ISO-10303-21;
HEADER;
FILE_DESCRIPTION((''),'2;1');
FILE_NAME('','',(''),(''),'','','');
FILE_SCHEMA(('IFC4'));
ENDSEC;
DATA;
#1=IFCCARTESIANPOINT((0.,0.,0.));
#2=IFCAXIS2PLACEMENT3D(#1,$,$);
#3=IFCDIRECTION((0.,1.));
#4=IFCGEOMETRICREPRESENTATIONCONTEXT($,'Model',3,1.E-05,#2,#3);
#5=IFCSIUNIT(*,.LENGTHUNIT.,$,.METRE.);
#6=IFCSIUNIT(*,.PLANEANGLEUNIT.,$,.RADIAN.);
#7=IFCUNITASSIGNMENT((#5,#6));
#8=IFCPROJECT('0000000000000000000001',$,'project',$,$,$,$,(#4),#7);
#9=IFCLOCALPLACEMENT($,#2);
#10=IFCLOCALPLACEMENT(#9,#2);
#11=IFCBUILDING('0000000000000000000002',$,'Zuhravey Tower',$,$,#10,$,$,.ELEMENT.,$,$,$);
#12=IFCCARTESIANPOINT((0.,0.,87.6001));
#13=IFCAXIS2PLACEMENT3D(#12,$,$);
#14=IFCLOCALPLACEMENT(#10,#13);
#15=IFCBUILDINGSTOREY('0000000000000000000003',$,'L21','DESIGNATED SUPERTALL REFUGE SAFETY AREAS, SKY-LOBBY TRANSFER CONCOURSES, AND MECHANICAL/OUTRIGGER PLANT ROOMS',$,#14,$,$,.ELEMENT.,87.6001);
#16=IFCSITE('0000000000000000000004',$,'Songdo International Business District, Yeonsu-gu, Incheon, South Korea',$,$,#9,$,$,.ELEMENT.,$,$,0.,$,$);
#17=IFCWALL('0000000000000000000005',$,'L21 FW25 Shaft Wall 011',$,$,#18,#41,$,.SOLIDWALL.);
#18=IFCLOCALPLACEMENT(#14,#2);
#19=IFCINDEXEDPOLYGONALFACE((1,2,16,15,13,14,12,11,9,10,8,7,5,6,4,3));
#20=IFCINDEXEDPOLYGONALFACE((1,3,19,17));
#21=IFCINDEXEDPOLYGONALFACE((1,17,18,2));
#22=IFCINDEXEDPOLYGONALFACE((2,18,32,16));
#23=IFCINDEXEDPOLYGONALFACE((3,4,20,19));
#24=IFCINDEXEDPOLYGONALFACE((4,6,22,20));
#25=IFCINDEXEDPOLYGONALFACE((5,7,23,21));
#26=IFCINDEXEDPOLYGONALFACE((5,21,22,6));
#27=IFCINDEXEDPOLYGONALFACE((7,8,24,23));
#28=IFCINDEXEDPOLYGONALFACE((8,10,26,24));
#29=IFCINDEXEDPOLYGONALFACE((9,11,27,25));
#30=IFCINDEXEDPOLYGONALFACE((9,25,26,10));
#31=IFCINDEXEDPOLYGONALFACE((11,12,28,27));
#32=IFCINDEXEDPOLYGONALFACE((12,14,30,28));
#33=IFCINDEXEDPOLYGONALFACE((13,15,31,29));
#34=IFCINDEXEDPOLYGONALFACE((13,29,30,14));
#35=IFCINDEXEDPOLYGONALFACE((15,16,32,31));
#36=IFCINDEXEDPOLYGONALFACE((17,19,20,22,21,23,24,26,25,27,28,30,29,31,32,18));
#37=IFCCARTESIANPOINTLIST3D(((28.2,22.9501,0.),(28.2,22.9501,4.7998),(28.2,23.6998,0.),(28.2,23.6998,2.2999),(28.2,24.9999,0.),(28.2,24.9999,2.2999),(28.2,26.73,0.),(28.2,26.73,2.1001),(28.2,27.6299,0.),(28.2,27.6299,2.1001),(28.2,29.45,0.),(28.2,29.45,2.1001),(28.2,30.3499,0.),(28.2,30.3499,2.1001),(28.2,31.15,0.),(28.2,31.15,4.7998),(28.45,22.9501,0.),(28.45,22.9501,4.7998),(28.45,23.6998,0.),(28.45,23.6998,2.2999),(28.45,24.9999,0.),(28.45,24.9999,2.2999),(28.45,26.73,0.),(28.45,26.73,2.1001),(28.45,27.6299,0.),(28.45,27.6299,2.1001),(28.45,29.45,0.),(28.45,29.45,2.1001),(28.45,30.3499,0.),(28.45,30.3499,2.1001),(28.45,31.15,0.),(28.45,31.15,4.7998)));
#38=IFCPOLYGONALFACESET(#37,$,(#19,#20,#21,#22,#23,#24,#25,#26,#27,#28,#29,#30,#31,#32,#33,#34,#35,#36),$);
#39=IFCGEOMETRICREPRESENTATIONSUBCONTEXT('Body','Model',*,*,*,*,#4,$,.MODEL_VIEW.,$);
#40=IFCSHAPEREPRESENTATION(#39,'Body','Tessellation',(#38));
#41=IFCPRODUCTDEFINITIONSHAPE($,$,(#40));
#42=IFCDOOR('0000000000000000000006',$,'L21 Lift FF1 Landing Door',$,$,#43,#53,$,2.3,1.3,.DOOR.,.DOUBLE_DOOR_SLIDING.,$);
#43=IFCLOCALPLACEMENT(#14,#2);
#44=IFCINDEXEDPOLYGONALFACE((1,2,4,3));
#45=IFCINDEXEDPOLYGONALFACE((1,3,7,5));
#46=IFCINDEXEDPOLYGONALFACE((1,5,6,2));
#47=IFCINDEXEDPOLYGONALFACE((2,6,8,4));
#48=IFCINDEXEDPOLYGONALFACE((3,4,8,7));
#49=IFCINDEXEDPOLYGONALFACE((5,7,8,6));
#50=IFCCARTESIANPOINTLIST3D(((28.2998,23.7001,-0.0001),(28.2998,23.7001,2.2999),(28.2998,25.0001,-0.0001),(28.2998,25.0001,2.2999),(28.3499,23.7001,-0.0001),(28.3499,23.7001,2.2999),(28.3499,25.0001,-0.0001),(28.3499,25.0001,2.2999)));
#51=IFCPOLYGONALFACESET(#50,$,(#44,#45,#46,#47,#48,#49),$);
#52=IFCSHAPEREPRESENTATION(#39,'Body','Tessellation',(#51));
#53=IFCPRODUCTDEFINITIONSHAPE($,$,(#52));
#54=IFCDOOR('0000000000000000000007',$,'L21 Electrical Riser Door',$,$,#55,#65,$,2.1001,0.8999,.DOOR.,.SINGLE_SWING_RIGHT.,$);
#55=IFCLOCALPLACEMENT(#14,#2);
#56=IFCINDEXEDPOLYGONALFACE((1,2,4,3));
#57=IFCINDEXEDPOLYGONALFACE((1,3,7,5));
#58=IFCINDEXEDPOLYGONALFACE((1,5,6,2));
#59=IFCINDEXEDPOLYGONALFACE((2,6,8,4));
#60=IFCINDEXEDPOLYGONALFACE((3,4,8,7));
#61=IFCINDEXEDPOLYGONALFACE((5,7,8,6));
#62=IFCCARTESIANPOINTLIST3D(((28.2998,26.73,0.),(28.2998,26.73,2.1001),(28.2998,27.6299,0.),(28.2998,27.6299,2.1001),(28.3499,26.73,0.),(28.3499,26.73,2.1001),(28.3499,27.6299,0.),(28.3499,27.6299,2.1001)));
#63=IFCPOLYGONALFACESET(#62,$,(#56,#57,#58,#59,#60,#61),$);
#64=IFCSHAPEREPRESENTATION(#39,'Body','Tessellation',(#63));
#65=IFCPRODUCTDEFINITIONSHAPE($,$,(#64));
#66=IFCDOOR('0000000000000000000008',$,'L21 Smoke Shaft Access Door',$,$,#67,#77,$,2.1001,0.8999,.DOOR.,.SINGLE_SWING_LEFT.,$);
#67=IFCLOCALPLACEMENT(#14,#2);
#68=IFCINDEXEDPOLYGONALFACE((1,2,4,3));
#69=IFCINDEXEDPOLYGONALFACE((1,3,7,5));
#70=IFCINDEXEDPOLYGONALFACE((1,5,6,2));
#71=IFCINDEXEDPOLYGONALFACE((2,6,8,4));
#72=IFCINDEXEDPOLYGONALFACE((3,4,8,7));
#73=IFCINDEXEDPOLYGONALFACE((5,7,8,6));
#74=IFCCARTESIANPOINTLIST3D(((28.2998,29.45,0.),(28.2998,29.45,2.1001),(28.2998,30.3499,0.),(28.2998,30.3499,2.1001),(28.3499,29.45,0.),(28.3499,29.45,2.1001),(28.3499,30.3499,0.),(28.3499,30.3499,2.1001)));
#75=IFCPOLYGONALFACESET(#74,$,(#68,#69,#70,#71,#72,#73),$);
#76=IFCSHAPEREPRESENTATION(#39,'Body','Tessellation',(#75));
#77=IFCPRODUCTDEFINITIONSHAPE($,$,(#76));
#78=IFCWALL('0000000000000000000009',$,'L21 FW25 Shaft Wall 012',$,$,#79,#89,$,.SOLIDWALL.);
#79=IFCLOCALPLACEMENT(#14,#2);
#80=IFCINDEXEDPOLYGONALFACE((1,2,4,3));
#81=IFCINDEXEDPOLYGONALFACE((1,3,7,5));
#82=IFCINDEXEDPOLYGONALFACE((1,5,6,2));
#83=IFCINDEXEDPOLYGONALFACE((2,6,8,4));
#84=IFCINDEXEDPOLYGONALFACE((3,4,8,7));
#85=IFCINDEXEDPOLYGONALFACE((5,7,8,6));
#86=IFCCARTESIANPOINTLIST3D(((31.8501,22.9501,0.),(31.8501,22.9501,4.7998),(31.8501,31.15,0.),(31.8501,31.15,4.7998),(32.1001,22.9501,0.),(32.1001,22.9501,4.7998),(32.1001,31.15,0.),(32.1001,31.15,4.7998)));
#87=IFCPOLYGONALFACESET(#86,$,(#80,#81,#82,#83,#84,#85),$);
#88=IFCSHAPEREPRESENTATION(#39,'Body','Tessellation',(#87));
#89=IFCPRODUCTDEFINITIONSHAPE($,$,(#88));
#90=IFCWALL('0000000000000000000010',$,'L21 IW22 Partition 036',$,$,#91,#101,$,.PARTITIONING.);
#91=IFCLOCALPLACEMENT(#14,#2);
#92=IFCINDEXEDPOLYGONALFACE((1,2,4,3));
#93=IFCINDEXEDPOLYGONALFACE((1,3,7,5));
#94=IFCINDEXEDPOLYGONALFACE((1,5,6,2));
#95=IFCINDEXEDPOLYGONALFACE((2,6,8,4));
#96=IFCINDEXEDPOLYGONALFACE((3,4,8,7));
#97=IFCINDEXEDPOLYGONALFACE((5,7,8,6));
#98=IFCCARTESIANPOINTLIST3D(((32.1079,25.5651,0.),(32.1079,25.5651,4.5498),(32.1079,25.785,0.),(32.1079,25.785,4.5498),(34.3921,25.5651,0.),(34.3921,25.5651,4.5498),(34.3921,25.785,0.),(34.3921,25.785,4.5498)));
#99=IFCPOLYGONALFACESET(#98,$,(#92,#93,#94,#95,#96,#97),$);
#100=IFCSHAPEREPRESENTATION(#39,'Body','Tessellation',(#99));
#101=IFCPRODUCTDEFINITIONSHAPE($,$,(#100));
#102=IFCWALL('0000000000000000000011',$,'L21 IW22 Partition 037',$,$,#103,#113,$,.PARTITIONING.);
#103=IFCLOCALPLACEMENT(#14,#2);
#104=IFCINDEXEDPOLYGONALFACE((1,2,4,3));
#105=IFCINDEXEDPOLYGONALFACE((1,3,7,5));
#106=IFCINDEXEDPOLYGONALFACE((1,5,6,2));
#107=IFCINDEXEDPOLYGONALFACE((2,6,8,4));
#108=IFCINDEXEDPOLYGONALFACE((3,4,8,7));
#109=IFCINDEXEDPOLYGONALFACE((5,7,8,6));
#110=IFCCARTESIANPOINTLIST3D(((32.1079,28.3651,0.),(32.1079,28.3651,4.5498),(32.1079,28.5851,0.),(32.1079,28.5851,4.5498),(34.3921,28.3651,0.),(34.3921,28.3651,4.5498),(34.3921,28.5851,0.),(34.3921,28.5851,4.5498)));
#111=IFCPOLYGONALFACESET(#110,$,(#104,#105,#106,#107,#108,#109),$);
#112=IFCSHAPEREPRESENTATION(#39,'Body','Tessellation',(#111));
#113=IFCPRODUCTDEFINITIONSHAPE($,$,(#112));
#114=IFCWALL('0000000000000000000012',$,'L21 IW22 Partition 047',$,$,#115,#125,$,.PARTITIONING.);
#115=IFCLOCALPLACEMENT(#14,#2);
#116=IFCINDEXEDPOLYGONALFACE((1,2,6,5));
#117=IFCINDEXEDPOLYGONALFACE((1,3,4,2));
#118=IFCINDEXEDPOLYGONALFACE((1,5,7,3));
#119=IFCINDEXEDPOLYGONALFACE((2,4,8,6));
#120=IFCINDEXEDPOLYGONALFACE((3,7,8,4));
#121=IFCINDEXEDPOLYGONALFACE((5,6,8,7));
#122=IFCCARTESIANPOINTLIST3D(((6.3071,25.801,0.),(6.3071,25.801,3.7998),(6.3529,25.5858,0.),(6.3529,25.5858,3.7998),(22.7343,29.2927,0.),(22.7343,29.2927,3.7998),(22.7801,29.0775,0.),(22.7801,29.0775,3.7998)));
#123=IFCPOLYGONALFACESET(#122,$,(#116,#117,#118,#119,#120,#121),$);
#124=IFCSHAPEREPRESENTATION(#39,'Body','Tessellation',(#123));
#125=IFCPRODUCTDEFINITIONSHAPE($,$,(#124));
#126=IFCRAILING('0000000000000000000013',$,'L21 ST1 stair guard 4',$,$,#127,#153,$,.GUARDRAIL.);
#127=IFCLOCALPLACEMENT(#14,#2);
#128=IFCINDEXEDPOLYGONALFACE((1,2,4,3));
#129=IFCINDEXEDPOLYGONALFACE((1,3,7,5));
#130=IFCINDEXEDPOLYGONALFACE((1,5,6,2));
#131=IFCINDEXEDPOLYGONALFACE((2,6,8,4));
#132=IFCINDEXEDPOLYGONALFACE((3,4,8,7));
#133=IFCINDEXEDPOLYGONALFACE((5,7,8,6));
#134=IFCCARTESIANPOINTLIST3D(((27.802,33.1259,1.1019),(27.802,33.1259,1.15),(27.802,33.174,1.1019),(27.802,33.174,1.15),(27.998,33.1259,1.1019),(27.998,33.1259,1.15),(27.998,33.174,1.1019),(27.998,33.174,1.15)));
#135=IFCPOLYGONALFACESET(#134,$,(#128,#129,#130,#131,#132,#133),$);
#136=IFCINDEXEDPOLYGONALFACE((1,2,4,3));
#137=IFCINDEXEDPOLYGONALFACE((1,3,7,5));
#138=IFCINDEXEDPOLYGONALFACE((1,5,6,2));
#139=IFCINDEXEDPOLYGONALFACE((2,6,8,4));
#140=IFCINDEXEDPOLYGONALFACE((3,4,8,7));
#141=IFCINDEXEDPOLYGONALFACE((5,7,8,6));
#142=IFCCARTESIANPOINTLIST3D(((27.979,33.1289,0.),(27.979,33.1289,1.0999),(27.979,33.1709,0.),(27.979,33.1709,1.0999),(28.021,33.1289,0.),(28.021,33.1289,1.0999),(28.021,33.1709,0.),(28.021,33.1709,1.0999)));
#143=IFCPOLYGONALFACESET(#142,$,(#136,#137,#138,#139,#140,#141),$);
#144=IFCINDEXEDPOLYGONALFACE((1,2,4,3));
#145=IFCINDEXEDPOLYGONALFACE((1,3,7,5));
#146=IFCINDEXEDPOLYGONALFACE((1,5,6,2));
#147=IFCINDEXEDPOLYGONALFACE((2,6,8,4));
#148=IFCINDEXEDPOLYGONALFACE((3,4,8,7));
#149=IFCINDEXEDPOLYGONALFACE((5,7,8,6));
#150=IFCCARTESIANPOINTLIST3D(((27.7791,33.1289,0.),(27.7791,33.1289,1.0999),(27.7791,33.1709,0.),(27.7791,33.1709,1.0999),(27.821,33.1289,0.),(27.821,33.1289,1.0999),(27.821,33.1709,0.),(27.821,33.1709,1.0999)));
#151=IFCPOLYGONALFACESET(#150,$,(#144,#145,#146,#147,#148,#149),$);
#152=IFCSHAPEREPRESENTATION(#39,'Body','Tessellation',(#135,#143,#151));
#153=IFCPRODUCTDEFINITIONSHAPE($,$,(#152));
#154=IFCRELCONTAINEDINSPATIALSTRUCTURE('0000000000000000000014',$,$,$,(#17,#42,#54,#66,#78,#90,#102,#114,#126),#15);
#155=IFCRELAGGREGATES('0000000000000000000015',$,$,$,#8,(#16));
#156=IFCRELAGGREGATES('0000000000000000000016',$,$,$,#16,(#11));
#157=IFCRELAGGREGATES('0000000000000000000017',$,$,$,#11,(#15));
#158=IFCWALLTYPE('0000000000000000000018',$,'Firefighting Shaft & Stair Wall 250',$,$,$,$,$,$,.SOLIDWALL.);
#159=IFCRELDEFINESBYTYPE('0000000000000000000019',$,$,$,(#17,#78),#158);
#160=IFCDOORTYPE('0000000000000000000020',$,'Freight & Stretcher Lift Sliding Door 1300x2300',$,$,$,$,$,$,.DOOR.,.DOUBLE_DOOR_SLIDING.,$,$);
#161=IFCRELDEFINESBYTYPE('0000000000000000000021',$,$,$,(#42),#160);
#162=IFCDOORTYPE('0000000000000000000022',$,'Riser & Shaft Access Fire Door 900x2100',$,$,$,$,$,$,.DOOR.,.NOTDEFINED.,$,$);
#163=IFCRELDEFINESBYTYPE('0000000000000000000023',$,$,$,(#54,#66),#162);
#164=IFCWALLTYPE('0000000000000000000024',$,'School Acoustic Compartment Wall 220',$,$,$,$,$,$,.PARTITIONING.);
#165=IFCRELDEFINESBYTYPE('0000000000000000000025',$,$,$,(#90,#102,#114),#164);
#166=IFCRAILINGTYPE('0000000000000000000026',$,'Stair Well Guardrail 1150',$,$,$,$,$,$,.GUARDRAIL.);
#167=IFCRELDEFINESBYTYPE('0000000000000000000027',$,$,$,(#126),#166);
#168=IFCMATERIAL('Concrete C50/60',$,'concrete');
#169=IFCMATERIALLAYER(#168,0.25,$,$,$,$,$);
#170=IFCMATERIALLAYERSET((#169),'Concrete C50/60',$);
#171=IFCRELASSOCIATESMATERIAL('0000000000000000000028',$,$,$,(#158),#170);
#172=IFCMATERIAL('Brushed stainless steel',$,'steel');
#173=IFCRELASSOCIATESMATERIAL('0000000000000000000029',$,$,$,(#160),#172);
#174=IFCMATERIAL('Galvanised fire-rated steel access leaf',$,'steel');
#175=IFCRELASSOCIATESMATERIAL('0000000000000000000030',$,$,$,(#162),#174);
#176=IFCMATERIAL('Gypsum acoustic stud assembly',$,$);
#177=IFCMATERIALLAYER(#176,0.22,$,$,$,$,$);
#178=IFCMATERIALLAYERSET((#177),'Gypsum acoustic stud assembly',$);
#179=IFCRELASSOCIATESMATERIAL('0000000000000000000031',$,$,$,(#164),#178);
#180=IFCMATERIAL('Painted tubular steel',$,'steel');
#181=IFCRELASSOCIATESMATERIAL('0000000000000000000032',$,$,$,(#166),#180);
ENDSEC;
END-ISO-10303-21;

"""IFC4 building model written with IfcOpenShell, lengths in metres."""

from ifc_helpers import new_model, si_unit, direction, frame, frame_2d, origin, origin_2d, place, context, subcontext, project, spatial, rectangle, extrude, material, layer, layer_set, type_object, element, fill, save


model = new_model("IFC4")

# Units and contexts
model_context = context("Model", 3, precision=1e-05, world=origin(), true_north=direction((0.0, 1.0)))
body_context = subcontext(model_context, "Body", "Model", "MODEL_VIEW")
ifc_project = project(units=[si_unit("LENGTHUNIT", "METRE"), si_unit("PLANEANGLEUNIT", "RADIAN")], contexts=[model_context])

# Site, building, storey
site_placement = place(None, origin())
site = spatial("IfcSite", under=ifc_project, at=site_placement, Name="Songdo International Business District, Yeonsu-gu, Incheon, South Korea", CompositionType="ELEMENT", RefElevation=0.0)
building_placement = place(site_placement, origin())
building = spatial("IfcBuilding", under=site, at=building_placement, Name="Zuhravey Tower", CompositionType="ELEMENT")
storey_placement = place(building_placement, frame((0.0, 0.0, 87.6001)))
storey = spatial("IfcBuildingStorey", under=building, at=storey_placement, Name="L21", Description="DESIGNATED SUPERTALL REFUGE SAFETY AREAS, SKY-LOBBY TRANSFER CONCOURSES, AND MECHANICAL/OUTRIGGER PLANT ROOMS", CompositionType="ELEMENT", Elevation=87.6001)

# Shared definitions
ifc_material_1 = material(Name="Concrete C50/60", Category="concrete")
ifc_layer_1 = layer(ifc_material_1, 0.25)
ifc_layer_set_1 = layer_set([ifc_layer_1], Name="Concrete C50/60")
wall_type_1 = type_object("IfcWallType", Name="Firefighting Shaft & Stair Wall 250", PredefinedType="SOLIDWALL", material=ifc_layer_set_1)

# Wall, openings, doors
wall_1_placement = place(storey_placement, frame((28.325, 22.95, 0.0), z_axis=(0.0, 0.0, 1.0), x_axis=(0.0, 1.0, 0.0)))
wall_1 = element("IfcWall", 1, at=wall_1_placement, inside=storey, type_object=wall_type_1, Name="L21 FW25 Shaft Wall 011", PredefinedType="SOLIDWALL", context=body_context, shape_type="SweptSolid", body=[
    extrude(rectangle(XDim=8.2, YDim=0.25, at=frame_2d((4.1001, 0.0))), origin(), (0.0, 0.0, 1.0), 4.7998),
])
opening_1_placement = place(wall_1_placement, frame((0.75, 0.0, 0.0)))
opening_1 = element("IfcOpeningElement", 2, at=opening_1_placement, cuts=wall_1, PredefinedType="OPENING", context=body_context, shape_type="SweptSolid", body=[
    extrude(rectangle(XDim=1.3, YDim=2.3, at=frame_2d((0.6499, 1.1499))), frame((0.0, 0.137, 0.0), z_axis=(0.0, -1.0, 0.0), x_axis=(1.0, 0.0, 0.0)), (0.0, 0.0, 1.0), 0.2739),
])
opening_2_placement = place(wall_1_placement, frame((3.78, 0.0, 0.0)))
opening_2 = element("IfcOpeningElement", 3, at=opening_2_placement, cuts=wall_1, PredefinedType="OPENING", context=body_context, shape_type="SweptSolid", body=[
    extrude(rectangle(XDim=0.8999, YDim=2.1001, at=frame_2d((0.45, 1.05))), frame((0.0, 0.137, 0.0), z_axis=(0.0, -1.0, 0.0), x_axis=(1.0, 0.0, 0.0)), (0.0, 0.0, 1.0), 0.2739),
])
opening_3_placement = place(wall_1_placement, frame((6.5, 0.0, 0.0)))
opening_3 = element("IfcOpeningElement", 4, at=opening_3_placement, cuts=wall_1, PredefinedType="OPENING", context=body_context, shape_type="SweptSolid", body=[
    extrude(rectangle(XDim=0.8999, YDim=2.1001, at=frame_2d((0.45, 1.05))), frame((0.0, 0.137, 0.0), z_axis=(0.0, -1.0, 0.0), x_axis=(1.0, 0.0, 0.0)), (0.0, 0.0, 1.0), 0.2739),
])
ifc_material_2 = material(Name="Brushed stainless steel", Category="steel")
door_type_1 = type_object("IfcDoorType", Name="Freight & Stretcher Lift Sliding Door 1300x2300", OperationType="DOUBLE_DOOR_SLIDING", PredefinedType="DOOR", material=ifc_material_2)
door_1_placement = place(opening_1_placement, frame((1.3, 0.0, 0.0), z_axis=(0.0, 0.0, 1.0), x_axis=(-1.0, 0.0, 0.0)))
door_1 = element("IfcDoor", 5, at=door_1_placement, inside=storey, type_object=door_type_1, Name="L21 Lift FF1 Landing Door", OperationType="DOUBLE_DOOR_SLIDING", OverallHeight=2.3, OverallWidth=1.3, PredefinedType="DOOR", context=body_context, shape_type="SweptSolid", body=[
    extrude(rectangle(XDim=1.3, YDim=2.3, at=frame_2d((0.6499, 1.1499))), frame((0.0, 0.0249, 0.0), z_axis=(0.0, -1.0, 0.0), x_axis=(1.0, 0.0, 0.0)), (0.0, 0.0, 1.0), 0.05),
])
fill(opening_1, door_1)
ifc_material_3 = material(Name="Galvanised fire-rated steel access leaf", Category="steel")
door_type_2 = type_object("IfcDoorType", Name="Riser & Shaft Access Fire Door 900x2100", OperationType="NOTDEFINED", PredefinedType="DOOR", material=ifc_material_3)
door_2_placement = place(opening_2_placement, frame((0.8999, 0.0, 0.0), z_axis=(0.0, 0.0, 1.0), x_axis=(-1.0, 0.0, 0.0)))
door_2 = element("IfcDoor", 6, at=door_2_placement, inside=storey, type_object=door_type_2, Name="L21 Electrical Riser Door", OperationType="SINGLE_SWING_RIGHT", OverallHeight=2.1001, OverallWidth=0.8999, PredefinedType="DOOR", context=body_context, shape_type="SweptSolid", body=[
    extrude(rectangle(XDim=0.8999, YDim=2.1001, at=frame_2d((0.45, 1.05))), frame((0.0, 0.0249, 0.0), z_axis=(0.0, -1.0, 0.0), x_axis=(1.0, 0.0, 0.0)), (0.0, 0.0, 1.0), 0.05),
])
fill(opening_2, door_2)
door_3_placement = place(opening_3_placement, frame((0.8999, 0.0, 0.0), z_axis=(0.0, 0.0, 1.0), x_axis=(-1.0, 0.0, 0.0)))
door_3 = element("IfcDoor", 7, at=door_3_placement, inside=storey, type_object=door_type_2, Name="L21 Smoke Shaft Access Door", OperationType="SINGLE_SWING_LEFT", OverallHeight=2.1001, OverallWidth=0.8999, PredefinedType="DOOR", context=body_context, shape_type="SweptSolid", body=[
    extrude(rectangle(XDim=0.8999, YDim=2.1001, at=frame_2d((0.45, 1.05))), frame((0.0, 0.0249, 0.0), z_axis=(0.0, -1.0, 0.0), x_axis=(1.0, 0.0, 0.0)), (0.0, 0.0, 1.0), 0.05),
])
fill(opening_3, door_3)

# Walls
wall_2_placement = place(storey_placement, frame((31.9751, 22.95, 0.0), z_axis=(0.0, 0.0, 1.0), x_axis=(0.0, 1.0, 0.0)))
element("IfcWall", 8, at=wall_2_placement, inside=storey, type_object=wall_type_1, Name="L21 FW25 Shaft Wall 012", PredefinedType="SOLIDWALL", context=body_context, shape_type="SweptSolid", body=[
    extrude(rectangle(XDim=8.2, YDim=0.25, at=frame_2d((4.1001, 0.0))), origin(), (0.0, 0.0, 1.0), 4.7998),
])
ifc_material_4 = material(Name="Gypsum acoustic stud assembly")
ifc_layer_2 = layer(ifc_material_4, 0.22)
ifc_layer_set_2 = layer_set([ifc_layer_2], Name="Gypsum acoustic stud assembly")
wall_type_2 = type_object("IfcWallType", Name="School Acoustic Compartment Wall 220", PredefinedType="PARTITIONING", material=ifc_layer_set_2)
for number, where, z_axis, x_axis, name in (
    (9, (32.1079, 25.675, 0.0), (0.0, 0.0, 1.0), (1.0, 0.0, 0.0), "L21 IW22 Partition 036"),
    (10, (32.1079, 28.4751, 0.0), (0.0, 0.0, 1.0), (1.0, 0.0, 0.0), "L21 IW22 Partition 037"),
):
    element("IfcWall", number, at=place(storey_placement, frame(where, z_axis=z_axis, x_axis=x_axis)), inside=storey, type_object=wall_type_2, Name=name, PredefinedType="PARTITIONING", context=body_context, shape_type="SweptSolid", body=[
        extrude(rectangle(XDim=2.2842, YDim=0.22, at=frame_2d((1.1421, 0.0))), origin(), (0.0, 0.0, 1.0), 4.5498),
    ])
wall_3_placement = place(storey_placement, frame((22.7571, 29.1851, 0.0), z_axis=(0.0, 0.0, 1.0), x_axis=(-0.978148, -0.207911, 0.0)))
element("IfcWall", 11, at=wall_3_placement, inside=storey, type_object=wall_type_2, Name="L21 IW22 Partition 047", PredefinedType="PARTITIONING", context=body_context, shape_type="SweptSolid", body=[
    extrude(rectangle(XDim=16.7942, YDim=0.22, at=frame_2d((8.397, 0.0))), origin(), (0.0, 0.0, 1.0), 3.7998),
])

# Railing
ifc_material_5 = material(Name="Painted tubular steel", Category="steel")
railing_type = type_object("IfcRailingType", Name="Stair Well Guardrail 1150", PredefinedType="GUARDRAIL", material=ifc_material_5)
railing_placement = place(storey_placement, frame((28.0, 33.1499, 0.0)))
element("IfcRailing", 12, at=railing_placement, inside=storey, type_object=railing_type, Name="L21 ST1 stair guard 4", PredefinedType="GUARDRAIL", context=body_context, shape_type="SweptSolid", body=[
    extrude(rectangle(XDim=0.0481, YDim=0.0481, at=origin_2d()), frame((-0.002, 0.0, 1.126), z_axis=(-1.0, 0.0, 0.0), x_axis=(0.0, -1.0, 0.0)), (0.0, 0.0, 1.0), 0.196),
    extrude(rectangle(XDim=0.042, YDim=0.042, at=origin_2d()), origin(), (0.0, 0.0, 1.0), 1.0999),
    extrude(rectangle(XDim=0.042, YDim=0.042, at=origin_2d()), frame((-0.2, 0.0, 0.0)), (0.0, 0.0, 1.0), 1.0999),
])

save(model, "model.ifc")
